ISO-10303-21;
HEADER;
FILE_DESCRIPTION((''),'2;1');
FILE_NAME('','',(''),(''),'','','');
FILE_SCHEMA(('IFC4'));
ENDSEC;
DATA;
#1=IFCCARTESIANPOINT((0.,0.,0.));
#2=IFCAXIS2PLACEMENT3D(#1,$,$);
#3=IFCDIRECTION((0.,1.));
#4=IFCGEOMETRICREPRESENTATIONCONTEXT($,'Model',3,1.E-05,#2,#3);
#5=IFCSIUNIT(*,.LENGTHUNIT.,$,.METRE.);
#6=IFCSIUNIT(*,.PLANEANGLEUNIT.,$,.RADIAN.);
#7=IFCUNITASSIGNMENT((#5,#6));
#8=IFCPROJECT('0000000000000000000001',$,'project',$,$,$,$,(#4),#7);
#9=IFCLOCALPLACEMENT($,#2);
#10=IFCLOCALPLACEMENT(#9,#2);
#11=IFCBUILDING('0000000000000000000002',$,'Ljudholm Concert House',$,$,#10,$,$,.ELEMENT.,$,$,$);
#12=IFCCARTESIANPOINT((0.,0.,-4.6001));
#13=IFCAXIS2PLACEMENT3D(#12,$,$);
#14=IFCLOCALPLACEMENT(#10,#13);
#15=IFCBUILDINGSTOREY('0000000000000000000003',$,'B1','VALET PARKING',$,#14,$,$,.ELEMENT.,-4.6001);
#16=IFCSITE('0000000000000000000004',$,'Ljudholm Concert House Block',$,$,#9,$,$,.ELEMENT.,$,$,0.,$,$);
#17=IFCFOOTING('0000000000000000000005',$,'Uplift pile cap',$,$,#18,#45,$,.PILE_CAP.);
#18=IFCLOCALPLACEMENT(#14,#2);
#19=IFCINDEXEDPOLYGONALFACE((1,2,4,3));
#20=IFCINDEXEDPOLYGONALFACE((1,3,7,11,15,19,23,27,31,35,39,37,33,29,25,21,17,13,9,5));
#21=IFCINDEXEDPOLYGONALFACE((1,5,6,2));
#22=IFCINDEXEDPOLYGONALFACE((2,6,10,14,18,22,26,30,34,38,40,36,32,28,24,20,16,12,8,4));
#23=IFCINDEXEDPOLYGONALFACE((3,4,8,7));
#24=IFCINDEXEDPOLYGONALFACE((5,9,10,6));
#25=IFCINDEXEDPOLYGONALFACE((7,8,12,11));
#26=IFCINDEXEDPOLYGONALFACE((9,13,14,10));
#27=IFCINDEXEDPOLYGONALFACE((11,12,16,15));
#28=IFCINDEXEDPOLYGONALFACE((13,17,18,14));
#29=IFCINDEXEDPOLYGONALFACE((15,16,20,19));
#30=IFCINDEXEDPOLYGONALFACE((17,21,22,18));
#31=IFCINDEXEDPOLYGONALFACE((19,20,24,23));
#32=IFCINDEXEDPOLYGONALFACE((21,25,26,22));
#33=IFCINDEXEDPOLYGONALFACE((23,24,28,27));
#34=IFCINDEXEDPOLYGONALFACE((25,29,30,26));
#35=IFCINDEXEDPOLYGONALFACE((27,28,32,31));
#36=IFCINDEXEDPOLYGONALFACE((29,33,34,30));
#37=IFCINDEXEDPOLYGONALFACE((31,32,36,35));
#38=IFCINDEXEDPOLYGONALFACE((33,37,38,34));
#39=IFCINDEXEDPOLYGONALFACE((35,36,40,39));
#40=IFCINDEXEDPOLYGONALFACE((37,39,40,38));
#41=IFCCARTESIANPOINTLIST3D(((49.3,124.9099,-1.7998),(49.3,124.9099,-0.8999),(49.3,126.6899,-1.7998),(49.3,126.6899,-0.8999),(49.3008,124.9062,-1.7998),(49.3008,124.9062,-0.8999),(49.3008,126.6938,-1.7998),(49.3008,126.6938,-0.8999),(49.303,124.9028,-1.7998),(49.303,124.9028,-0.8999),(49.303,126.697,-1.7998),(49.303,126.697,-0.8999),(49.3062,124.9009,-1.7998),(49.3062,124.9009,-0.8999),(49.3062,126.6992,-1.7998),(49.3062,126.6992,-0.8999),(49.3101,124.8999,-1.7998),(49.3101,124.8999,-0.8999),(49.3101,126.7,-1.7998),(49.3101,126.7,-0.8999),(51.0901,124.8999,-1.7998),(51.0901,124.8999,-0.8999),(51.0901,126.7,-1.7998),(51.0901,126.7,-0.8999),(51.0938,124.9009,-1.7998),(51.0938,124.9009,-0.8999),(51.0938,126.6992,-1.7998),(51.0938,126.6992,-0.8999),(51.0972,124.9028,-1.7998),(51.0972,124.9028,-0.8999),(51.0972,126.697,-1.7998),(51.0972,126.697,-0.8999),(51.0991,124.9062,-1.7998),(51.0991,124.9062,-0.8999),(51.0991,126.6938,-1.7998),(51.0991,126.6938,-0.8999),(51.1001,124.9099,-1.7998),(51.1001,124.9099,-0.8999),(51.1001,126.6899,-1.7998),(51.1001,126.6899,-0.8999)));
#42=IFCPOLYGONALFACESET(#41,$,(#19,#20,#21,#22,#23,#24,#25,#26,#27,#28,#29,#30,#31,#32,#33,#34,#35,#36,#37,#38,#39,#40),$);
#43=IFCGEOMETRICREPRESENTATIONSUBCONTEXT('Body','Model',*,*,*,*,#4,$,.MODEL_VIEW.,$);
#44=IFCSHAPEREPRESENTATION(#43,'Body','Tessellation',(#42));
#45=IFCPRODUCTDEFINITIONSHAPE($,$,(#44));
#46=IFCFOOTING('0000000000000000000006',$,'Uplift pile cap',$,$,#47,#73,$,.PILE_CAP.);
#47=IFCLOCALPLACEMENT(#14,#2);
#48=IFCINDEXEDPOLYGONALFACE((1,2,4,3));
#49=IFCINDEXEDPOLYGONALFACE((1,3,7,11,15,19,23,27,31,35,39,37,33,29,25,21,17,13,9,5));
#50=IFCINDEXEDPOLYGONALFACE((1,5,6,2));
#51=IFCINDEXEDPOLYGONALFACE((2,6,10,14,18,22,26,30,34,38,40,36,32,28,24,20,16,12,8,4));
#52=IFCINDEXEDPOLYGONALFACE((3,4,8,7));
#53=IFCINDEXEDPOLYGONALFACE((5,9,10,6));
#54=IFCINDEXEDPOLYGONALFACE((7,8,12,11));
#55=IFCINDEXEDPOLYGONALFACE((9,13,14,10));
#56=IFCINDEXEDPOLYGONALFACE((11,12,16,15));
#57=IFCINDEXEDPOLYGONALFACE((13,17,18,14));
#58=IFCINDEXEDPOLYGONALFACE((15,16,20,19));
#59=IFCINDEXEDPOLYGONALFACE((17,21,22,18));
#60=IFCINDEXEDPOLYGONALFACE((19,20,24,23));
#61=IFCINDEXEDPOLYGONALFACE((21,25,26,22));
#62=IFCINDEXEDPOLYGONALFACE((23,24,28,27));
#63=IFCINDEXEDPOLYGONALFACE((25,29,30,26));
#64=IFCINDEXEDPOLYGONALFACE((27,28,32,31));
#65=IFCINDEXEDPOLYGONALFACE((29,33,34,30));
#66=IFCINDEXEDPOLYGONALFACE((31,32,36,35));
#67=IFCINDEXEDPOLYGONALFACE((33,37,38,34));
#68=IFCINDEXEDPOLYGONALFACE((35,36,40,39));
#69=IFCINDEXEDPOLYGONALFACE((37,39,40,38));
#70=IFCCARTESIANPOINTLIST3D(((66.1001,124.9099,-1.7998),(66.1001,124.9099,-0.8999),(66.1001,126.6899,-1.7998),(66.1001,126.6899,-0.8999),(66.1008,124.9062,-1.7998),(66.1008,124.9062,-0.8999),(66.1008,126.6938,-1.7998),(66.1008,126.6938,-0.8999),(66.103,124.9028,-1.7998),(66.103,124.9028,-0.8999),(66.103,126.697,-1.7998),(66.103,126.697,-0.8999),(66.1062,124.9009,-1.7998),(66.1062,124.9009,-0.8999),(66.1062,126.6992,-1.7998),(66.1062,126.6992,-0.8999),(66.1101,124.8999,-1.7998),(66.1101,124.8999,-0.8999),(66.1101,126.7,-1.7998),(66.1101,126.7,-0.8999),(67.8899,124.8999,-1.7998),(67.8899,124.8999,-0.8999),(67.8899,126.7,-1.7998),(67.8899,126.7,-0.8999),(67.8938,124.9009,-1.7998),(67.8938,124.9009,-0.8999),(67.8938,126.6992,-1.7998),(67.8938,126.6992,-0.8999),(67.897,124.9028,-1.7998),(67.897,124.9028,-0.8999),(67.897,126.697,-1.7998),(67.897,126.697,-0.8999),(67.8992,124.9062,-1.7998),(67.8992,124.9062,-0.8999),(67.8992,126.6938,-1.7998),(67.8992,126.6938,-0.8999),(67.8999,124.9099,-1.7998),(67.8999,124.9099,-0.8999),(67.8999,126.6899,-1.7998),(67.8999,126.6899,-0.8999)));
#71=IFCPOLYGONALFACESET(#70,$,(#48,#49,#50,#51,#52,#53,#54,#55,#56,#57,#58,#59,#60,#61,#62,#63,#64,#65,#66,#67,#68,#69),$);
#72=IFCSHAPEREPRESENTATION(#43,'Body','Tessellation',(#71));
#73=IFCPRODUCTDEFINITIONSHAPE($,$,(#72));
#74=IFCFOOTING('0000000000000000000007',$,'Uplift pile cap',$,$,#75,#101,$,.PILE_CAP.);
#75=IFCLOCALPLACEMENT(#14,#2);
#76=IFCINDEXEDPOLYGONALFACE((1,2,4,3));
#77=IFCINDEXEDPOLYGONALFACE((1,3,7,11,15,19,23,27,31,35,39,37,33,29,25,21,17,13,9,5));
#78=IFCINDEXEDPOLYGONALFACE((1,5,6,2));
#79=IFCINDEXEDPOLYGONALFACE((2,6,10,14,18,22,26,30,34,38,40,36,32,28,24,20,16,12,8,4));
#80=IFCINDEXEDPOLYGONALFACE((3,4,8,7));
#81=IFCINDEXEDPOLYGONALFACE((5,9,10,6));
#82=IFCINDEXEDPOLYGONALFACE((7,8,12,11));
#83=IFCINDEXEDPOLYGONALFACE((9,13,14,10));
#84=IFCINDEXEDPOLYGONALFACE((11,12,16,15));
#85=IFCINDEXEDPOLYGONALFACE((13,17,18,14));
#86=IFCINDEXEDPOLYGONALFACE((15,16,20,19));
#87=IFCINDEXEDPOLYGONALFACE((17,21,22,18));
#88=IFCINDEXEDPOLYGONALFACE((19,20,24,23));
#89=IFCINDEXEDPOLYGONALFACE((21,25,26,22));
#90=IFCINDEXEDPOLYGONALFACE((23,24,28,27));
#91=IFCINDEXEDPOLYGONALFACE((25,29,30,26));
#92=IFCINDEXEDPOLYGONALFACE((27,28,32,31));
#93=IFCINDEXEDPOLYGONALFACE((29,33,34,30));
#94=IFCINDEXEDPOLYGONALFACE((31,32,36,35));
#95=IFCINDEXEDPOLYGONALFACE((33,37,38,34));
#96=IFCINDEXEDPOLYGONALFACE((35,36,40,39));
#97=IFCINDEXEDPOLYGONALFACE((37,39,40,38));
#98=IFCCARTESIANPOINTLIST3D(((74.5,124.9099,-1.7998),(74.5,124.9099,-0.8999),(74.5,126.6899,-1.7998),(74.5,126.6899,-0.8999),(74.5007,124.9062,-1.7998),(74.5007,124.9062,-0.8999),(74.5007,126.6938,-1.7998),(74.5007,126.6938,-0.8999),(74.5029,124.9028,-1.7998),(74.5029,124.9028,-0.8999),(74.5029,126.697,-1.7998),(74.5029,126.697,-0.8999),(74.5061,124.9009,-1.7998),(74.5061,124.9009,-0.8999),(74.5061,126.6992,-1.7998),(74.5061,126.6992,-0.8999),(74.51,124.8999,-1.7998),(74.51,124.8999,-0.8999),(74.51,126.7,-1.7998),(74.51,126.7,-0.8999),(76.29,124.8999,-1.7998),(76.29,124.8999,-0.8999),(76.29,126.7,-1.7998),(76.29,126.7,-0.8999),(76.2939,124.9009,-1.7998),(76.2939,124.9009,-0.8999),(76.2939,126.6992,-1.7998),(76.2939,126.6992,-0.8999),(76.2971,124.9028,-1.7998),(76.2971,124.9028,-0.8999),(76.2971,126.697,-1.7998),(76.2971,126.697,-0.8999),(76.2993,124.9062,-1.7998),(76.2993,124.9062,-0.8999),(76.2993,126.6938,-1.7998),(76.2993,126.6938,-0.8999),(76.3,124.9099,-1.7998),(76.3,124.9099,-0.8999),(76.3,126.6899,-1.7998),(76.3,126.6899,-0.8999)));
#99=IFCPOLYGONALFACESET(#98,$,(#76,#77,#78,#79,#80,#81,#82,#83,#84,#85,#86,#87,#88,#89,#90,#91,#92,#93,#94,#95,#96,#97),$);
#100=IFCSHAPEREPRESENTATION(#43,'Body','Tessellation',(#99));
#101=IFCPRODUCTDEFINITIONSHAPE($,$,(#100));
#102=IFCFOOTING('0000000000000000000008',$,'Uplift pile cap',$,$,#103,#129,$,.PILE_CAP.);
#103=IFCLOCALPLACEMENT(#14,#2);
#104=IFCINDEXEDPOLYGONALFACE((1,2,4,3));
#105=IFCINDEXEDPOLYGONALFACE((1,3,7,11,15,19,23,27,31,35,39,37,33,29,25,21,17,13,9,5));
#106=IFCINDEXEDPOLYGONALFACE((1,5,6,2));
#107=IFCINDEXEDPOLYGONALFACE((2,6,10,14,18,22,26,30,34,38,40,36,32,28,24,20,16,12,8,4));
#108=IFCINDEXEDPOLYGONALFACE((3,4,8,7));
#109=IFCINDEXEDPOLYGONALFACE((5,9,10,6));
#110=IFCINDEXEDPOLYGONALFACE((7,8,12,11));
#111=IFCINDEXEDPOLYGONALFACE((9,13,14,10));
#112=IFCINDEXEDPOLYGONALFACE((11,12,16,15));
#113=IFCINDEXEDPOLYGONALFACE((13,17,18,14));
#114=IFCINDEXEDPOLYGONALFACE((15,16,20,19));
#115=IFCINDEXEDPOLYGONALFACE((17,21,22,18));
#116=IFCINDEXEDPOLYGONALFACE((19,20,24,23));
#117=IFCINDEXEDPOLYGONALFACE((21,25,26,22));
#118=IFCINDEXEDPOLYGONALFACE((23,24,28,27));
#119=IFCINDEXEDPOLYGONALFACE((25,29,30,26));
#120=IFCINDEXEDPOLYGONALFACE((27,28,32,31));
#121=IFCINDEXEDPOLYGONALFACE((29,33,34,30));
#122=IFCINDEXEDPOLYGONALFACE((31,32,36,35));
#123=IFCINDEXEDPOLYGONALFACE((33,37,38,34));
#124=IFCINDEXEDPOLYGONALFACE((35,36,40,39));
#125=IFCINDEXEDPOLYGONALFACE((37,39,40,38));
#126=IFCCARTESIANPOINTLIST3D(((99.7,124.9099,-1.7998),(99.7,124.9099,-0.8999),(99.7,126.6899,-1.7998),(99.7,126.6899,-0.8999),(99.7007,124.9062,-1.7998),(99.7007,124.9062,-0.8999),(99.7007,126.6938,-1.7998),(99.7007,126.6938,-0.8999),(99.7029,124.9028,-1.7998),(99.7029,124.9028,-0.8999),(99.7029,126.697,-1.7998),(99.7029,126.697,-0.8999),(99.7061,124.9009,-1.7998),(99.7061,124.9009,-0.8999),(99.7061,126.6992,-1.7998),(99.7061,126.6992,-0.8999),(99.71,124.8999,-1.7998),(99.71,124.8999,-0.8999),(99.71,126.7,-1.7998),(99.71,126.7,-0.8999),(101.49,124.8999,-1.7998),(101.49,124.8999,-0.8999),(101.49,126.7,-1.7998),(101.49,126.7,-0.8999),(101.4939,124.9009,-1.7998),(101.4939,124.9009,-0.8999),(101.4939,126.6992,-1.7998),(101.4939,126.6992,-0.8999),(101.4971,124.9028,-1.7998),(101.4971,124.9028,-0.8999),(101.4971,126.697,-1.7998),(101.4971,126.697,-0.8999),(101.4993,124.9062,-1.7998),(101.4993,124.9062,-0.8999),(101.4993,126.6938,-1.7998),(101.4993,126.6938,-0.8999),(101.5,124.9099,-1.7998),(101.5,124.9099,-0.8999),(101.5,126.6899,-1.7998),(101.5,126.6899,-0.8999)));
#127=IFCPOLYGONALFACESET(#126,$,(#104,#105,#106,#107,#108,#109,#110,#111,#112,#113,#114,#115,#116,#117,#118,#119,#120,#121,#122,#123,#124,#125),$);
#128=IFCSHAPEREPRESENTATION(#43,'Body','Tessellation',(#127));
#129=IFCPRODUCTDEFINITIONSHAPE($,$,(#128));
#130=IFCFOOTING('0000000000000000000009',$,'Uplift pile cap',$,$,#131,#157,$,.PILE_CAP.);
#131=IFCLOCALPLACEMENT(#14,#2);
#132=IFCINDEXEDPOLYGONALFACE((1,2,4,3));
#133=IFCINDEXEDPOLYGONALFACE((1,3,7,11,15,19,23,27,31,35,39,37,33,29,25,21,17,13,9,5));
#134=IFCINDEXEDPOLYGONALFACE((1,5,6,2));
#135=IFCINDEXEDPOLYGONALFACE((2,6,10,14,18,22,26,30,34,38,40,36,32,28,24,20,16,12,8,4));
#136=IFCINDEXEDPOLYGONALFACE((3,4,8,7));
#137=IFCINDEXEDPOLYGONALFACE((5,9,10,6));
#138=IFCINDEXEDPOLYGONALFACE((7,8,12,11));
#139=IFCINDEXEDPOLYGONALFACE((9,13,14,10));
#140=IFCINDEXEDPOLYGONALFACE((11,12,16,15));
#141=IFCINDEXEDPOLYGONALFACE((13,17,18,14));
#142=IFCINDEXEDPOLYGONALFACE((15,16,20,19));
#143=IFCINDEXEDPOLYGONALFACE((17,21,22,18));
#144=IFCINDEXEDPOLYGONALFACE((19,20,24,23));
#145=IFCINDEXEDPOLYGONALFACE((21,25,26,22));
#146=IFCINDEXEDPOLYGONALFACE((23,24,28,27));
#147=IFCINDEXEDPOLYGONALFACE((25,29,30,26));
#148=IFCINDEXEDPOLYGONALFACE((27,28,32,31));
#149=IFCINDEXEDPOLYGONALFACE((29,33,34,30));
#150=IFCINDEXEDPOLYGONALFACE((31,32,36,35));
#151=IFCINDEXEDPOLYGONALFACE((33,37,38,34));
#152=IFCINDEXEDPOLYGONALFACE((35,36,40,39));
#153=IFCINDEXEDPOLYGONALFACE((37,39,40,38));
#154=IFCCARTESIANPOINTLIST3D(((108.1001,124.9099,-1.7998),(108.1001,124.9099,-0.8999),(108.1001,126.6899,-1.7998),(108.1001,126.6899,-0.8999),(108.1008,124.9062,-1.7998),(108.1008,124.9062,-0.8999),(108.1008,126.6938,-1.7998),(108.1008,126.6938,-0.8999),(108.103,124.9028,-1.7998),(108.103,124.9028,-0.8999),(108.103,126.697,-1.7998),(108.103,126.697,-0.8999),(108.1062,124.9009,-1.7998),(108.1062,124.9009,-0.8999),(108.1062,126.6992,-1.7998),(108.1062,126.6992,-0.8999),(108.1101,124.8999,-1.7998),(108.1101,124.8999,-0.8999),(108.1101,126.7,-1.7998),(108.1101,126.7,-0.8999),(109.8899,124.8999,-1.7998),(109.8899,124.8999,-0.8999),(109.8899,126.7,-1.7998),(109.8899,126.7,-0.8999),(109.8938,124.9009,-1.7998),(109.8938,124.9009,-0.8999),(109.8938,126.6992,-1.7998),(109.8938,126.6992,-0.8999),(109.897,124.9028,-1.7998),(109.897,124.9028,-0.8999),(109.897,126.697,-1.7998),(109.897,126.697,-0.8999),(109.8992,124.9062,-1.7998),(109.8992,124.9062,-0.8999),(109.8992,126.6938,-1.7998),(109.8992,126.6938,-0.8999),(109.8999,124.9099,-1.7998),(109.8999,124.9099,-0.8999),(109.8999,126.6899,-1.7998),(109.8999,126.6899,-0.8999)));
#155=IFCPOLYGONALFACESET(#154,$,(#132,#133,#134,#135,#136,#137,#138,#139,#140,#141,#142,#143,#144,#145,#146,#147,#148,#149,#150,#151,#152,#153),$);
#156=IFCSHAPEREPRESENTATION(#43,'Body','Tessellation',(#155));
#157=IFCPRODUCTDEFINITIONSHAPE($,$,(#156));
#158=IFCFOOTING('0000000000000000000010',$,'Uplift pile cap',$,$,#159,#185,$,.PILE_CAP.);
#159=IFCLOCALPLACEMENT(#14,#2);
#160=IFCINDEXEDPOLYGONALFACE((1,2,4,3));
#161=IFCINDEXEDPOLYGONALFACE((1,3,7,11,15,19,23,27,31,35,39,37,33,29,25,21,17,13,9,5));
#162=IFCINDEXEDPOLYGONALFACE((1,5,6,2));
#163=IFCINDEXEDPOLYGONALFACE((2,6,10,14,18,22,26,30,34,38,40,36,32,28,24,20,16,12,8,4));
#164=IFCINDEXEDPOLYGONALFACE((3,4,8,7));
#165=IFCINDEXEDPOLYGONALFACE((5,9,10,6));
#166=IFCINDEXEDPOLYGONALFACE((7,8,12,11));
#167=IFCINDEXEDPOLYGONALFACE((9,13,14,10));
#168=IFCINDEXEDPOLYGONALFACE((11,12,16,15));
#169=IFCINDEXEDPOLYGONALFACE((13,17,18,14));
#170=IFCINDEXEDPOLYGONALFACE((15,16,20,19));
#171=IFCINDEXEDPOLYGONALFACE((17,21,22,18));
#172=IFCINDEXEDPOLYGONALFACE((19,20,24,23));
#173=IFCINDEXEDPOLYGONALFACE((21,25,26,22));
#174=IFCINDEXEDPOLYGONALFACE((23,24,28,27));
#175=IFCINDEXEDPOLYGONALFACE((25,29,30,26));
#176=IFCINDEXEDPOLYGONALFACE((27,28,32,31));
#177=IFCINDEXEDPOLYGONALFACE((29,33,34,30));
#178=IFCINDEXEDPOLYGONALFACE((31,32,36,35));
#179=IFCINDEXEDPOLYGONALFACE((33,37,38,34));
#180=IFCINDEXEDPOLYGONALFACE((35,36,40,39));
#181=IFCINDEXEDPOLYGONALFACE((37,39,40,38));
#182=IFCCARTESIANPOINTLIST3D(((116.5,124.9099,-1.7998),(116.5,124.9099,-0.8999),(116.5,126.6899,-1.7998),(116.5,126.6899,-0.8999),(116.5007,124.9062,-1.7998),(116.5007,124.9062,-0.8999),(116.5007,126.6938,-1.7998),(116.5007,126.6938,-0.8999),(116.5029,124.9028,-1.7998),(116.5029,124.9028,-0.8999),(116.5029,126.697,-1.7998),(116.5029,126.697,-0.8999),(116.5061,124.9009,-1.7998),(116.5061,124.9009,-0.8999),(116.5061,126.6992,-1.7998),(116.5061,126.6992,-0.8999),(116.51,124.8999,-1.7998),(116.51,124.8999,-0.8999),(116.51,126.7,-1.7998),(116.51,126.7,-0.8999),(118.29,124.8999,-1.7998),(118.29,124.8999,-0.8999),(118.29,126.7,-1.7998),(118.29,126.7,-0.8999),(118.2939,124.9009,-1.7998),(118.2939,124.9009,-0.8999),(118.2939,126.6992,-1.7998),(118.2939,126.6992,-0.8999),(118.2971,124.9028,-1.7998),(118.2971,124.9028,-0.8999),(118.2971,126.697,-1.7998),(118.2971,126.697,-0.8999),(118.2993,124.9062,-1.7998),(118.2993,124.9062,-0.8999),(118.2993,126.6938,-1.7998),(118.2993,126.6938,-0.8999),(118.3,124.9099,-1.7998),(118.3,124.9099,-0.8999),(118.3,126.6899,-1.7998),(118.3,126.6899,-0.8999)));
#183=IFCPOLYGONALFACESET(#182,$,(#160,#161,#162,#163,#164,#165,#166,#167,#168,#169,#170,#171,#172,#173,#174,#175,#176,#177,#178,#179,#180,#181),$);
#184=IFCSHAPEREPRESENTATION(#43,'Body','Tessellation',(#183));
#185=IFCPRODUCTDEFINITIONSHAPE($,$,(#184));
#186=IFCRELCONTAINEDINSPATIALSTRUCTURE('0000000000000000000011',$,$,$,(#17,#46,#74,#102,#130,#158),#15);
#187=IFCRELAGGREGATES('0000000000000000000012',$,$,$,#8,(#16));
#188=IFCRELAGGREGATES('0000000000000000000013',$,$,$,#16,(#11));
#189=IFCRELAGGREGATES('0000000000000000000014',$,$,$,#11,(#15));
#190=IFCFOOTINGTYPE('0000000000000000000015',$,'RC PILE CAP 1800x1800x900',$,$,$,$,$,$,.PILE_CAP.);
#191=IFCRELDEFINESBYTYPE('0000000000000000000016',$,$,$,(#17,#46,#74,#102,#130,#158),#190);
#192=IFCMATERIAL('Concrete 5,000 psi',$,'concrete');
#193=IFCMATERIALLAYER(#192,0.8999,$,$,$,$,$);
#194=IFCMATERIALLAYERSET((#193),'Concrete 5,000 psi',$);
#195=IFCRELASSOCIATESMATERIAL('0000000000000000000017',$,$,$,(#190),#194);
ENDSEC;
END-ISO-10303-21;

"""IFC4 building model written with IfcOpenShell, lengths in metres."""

from ifc_helpers import new_model, si_unit, direction, frame, origin, place, context, subcontext, project, spatial, polyline, outline, extrude, material, layer, layer_set, type_object, element, save


model = new_model("IFC4")

# Units and contexts
model_context = context("Model", 3, precision=1e-05, world=origin(), true_north=direction((0.0, 1.0)))
body_context = subcontext(model_context, "Body", "Model", "MODEL_VIEW")
ifc_project = project(units=[si_unit("LENGTHUNIT", "METRE"), si_unit("PLANEANGLEUNIT", "RADIAN")], contexts=[model_context])

# Site, building, storey
site_placement = place(None, origin())
site = spatial("IfcSite", under=ifc_project, at=site_placement, Name="Ljudholm Concert House Block", CompositionType="ELEMENT", RefElevation=0.0)
building_placement = place(site_placement, origin())
building = spatial("IfcBuilding", under=site, at=building_placement, Name="Ljudholm Concert House", CompositionType="ELEMENT")
storey_placement = place(building_placement, frame((0.0, 0.0, -4.6001)))
storey = spatial("IfcBuildingStorey", under=building, at=storey_placement, Name="B1", Description="VALET PARKING", CompositionType="ELEMENT", Elevation=-4.6001)

# Footings
ifc_material = material(Name="Concrete 5,000 psi", Category="concrete")
ifc_layer = layer(ifc_material, 0.8999)
ifc_layer_set = layer_set([ifc_layer], Name="Concrete 5,000 psi")
footing_type = type_object("IfcFootingType", Name="RC PILE CAP 1800x1800x900", PredefinedType="PILE_CAP", material=ifc_layer_set)
footing_1_placement = place(storey_placement, frame((0.0, 0.0, -1.7998)))
element("IfcFooting", 1, at=footing_1_placement, inside=storey, type_object=footing_type, Name="Uplift pile cap", PredefinedType="PILE_CAP", context=body_context, shape_type="SweptSolid", body=[
    extrude(outline(polyline([(49.3, 126.6899), (49.3, 124.9099), (49.3008, 124.9062), (49.303, 124.9028), (49.3062, 124.9009), (49.3101, 124.8999), (51.0901, 124.8999), (51.0938, 124.9009), (51.0972, 124.9028), (51.0991, 124.9062), (51.1001, 124.9099), (51.1001, 126.6899), (51.0991, 126.6938), (51.0972, 126.697), (51.0938, 126.6992), (51.0901, 126.7), (49.3101, 126.7), (49.3062, 126.6992), (49.303, 126.697), (49.3008, 126.6938), (49.3, 126.6899)])), origin(), (0.0, 0.0, 1.0), 0.8999),
])
footing_2_placement = place(storey_placement, frame((0.0, 0.0, -1.7998)))
element("IfcFooting", 2, at=footing_2_placement, inside=storey, type_object=footing_type, Name="Uplift pile cap", PredefinedType="PILE_CAP", context=body_context, shape_type="SweptSolid", body=[
    extrude(outline(polyline([(66.1001, 126.6899), (66.1001, 124.9099), (66.1008, 124.9062), (66.103, 124.9028), (66.1062, 124.9009), (66.1101, 124.8999), (67.8899, 124.8999), (67.8938, 124.9009), (67.897, 124.9028), (67.8992, 124.9062), (67.8999, 124.9099), (67.8999, 126.6899), (67.8992, 126.6938), (67.897, 126.697), (67.8938, 126.6992), (67.8899, 126.7), (66.1101, 126.7), (66.1062, 126.6992), (66.103, 126.697), (66.1008, 126.6938), (66.1001, 126.6899)])), origin(), (0.0, 0.0, 1.0), 0.8999),
])
footing_3_placement = place(storey_placement, frame((0.0, 0.0, -1.7998)))
element("IfcFooting", 3, at=footing_3_placement, inside=storey, type_object=footing_type, Name="Uplift pile cap", PredefinedType="PILE_CAP", context=body_context, shape_type="SweptSolid", body=[
    extrude(outline(polyline([(74.5, 126.6899), (74.5, 124.9099), (74.5007, 124.9062), (74.5029, 124.9028), (74.5061, 124.9009), (74.51, 124.8999), (76.29, 124.8999), (76.2939, 124.9009), (76.2971, 124.9028), (76.2993, 124.9062), (76.3, 124.9099), (76.3, 126.6899), (76.2993, 126.6938), (76.2971, 126.697), (76.2939, 126.6992), (76.29, 126.7), (74.51, 126.7), (74.5061, 126.6992), (74.5029, 126.697), (74.5007, 126.6938), (74.5, 126.6899)])), origin(), (0.0, 0.0, 1.0), 0.8999),
])
footing_4_placement = place(storey_placement, frame((0.0, 0.0, -1.7998)))
element("IfcFooting", 4, at=footing_4_placement, inside=storey, type_object=footing_type, Name="Uplift pile cap", PredefinedType="PILE_CAP", context=body_context, shape_type="SweptSolid", body=[
    extrude(outline(polyline([(99.7, 126.6899), (99.7, 124.9099), (99.7007, 124.9062), (99.7029, 124.9028), (99.7061, 124.9009), (99.71, 124.8999), (101.49, 124.8999), (101.4939, 124.9009), (101.4971, 124.9028), (101.4993, 124.9062), (101.5, 124.9099), (101.5, 126.6899), (101.4993, 126.6938), (101.4971, 126.697), (101.4939, 126.6992), (101.49, 126.7), (99.71, 126.7), (99.7061, 126.6992), (99.7029, 126.697), (99.7007, 126.6938), (99.7, 126.6899)])), origin(), (0.0, 0.0, 1.0), 0.8999),
])
footing_5_placement = place(storey_placement, frame((0.0, 0.0, -1.7998)))
element("IfcFooting", 5, at=footing_5_placement, inside=storey, type_object=footing_type, Name="Uplift pile cap", PredefinedType="PILE_CAP", context=body_context, shape_type="SweptSolid", body=[
    extrude(outline(polyline([(108.1001, 126.6899), (108.1001, 124.9099), (108.1008, 124.9062), (108.103, 124.9028), (108.1062, 124.9009), (108.1101, 124.8999), (109.8899, 124.8999), (109.8938, 124.9009), (109.897, 124.9028), (109.8992, 124.9062), (109.8999, 124.9099), (109.8999, 126.6899), (109.8992, 126.6938), (109.897, 126.697), (109.8938, 126.6992), (109.8899, 126.7), (108.1101, 126.7), (108.1062, 126.6992), (108.103, 126.697), (108.1008, 126.6938), (108.1001, 126.6899)])), origin(), (0.0, 0.0, 1.0), 0.8999),
])
footing_6_placement = place(storey_placement, frame((0.0, 0.0, -1.7998)))
element("IfcFooting", 6, at=footing_6_placement, inside=storey, type_object=footing_type, Name="Uplift pile cap", PredefinedType="PILE_CAP", context=body_context, shape_type="SweptSolid", body=[
    extrude(outline(polyline([(116.5, 126.6899), (116.5, 124.9099), (116.5007, 124.9062), (116.5029, 124.9028), (116.5061, 124.9009), (116.51, 124.8999), (118.29, 124.8999), (118.2939, 124.9009), (118.2971, 124.9028), (118.2993, 124.9062), (118.3, 124.9099), (118.3, 126.6899), (118.2993, 126.6938), (118.2971, 126.697), (118.2939, 126.6992), (118.29, 126.7), (116.51, 126.7), (116.5061, 126.6992), (116.5029, 126.697), (116.5007, 126.6938), (116.5, 126.6899)])), origin(), (0.0, 0.0, 1.0), 0.8999),
])

save(model, "model.ifc")
